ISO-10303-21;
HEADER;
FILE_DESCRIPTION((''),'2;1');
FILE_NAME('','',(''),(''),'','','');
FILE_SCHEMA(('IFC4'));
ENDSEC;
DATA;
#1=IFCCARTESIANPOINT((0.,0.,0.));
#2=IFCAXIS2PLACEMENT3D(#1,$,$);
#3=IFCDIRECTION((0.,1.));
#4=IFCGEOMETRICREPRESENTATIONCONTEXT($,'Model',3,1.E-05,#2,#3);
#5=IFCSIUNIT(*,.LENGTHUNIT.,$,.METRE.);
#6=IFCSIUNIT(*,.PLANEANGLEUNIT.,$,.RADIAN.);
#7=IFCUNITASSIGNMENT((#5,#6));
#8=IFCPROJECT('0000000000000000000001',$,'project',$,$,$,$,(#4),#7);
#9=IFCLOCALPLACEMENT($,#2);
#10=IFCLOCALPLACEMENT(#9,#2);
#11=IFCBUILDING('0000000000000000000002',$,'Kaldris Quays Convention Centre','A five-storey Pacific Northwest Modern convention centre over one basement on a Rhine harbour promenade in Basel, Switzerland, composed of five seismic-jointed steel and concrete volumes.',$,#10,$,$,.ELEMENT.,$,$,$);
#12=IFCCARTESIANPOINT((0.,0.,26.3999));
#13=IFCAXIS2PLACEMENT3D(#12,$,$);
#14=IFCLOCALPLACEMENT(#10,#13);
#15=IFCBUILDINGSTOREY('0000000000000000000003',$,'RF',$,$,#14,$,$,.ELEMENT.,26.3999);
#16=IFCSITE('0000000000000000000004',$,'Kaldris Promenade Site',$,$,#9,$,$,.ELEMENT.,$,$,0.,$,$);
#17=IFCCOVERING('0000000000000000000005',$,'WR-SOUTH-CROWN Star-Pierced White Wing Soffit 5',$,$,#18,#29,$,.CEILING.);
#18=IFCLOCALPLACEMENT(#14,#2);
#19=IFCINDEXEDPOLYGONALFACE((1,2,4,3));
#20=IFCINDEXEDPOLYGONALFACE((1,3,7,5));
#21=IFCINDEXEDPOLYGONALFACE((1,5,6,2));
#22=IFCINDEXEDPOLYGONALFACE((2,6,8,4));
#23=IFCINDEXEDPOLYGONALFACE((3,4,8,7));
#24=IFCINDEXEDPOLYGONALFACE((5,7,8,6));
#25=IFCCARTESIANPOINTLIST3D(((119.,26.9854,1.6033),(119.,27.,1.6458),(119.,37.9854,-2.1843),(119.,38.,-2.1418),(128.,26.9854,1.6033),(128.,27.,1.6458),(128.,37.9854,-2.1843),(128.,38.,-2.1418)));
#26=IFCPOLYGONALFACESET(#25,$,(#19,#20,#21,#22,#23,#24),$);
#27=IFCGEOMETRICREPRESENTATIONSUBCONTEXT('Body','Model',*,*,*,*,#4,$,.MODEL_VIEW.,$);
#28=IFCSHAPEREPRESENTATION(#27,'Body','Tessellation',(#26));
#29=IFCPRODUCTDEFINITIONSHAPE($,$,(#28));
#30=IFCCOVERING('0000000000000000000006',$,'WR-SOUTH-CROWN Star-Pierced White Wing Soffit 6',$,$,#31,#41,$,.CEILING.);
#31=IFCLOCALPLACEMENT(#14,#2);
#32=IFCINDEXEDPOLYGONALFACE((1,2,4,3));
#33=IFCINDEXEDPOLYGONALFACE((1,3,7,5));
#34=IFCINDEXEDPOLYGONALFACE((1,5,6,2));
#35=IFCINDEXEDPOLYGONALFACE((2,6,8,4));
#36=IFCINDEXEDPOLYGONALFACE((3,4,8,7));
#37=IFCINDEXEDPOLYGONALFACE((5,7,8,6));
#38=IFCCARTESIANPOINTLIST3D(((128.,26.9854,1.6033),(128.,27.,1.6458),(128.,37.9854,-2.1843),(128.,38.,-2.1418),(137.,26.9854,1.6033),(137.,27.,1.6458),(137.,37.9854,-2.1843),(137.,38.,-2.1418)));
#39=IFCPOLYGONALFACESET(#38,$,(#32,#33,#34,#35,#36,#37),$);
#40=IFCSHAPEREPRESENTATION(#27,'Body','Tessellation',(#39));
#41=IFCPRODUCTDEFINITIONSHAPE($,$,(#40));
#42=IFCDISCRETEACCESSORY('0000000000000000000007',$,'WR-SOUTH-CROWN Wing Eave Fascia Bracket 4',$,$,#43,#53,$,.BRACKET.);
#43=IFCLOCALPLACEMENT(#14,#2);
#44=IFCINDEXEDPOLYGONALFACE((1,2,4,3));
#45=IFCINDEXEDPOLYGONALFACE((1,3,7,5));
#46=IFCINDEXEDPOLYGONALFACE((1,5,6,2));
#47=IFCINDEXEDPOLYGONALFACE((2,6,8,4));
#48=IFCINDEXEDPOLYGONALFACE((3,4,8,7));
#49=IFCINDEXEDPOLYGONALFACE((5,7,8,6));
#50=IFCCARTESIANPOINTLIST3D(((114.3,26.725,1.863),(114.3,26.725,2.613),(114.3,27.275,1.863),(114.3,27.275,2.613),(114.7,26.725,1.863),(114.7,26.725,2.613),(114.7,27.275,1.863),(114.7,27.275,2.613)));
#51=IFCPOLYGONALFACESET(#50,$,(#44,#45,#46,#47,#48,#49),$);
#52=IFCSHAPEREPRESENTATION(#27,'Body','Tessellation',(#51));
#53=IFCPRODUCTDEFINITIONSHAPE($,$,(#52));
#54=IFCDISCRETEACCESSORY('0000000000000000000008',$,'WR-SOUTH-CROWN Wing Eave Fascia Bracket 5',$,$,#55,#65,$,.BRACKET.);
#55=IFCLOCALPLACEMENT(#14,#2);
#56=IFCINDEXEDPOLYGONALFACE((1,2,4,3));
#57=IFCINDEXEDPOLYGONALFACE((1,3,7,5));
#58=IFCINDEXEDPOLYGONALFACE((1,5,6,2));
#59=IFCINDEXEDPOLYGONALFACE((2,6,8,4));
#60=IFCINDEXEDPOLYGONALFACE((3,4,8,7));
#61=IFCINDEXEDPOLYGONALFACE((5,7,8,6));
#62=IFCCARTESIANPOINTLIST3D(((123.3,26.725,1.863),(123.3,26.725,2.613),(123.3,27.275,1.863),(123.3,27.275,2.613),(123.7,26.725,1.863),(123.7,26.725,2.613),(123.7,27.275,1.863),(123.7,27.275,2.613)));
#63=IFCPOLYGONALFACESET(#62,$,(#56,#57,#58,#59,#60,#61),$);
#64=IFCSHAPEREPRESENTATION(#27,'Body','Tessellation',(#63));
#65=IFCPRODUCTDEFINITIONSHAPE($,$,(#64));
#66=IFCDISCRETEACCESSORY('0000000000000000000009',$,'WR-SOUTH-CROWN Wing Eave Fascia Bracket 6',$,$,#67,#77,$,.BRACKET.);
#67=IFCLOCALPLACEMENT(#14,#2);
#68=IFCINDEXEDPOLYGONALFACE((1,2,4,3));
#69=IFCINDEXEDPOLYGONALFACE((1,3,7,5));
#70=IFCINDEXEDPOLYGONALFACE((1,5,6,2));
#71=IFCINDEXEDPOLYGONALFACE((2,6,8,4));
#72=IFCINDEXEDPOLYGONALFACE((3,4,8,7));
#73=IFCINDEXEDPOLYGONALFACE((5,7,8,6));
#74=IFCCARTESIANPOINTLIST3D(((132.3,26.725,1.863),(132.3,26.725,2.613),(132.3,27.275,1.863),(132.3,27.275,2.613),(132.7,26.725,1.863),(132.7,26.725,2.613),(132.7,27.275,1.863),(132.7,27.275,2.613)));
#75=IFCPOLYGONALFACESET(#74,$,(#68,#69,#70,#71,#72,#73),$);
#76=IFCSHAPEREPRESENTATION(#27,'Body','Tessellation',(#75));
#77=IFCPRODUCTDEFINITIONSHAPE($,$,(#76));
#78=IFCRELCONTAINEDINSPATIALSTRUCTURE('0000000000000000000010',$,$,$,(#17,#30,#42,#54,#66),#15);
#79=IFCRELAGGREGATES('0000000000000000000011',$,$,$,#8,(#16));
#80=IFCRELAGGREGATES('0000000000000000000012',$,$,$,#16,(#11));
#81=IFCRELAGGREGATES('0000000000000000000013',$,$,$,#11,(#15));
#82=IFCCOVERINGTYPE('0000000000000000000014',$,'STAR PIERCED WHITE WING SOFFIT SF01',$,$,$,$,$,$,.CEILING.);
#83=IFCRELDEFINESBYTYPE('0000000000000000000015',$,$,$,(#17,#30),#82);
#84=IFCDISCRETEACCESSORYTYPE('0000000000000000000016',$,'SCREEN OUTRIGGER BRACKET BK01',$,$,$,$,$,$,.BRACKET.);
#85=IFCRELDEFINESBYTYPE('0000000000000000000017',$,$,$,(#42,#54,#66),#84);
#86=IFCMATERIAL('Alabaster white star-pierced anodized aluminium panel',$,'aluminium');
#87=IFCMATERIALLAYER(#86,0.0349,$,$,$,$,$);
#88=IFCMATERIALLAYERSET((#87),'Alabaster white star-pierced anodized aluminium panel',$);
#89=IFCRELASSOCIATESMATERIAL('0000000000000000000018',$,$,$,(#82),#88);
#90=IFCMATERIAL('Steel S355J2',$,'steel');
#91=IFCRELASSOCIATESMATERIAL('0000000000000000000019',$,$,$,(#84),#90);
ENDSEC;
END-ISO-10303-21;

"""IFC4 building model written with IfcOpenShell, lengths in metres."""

from ifc_helpers import new_model, si_unit, direction, frame, origin, origin_2d, place, context, subcontext, project, spatial, polyline, rectangle, outline, extrude, material, layer, layer_set, type_object, element, save


model = new_model("IFC4")

# Units and contexts
model_context = context("Model", 3, precision=1e-05, world=origin(), true_north=direction((0.0, 1.0)))
body_context = subcontext(model_context, "Body", "Model", "MODEL_VIEW")
ifc_project = project(units=[si_unit("LENGTHUNIT", "METRE"), si_unit("PLANEANGLEUNIT", "RADIAN")], contexts=[model_context])

# Site, building, storey
site_placement = place(None, origin())
site = spatial("IfcSite", under=ifc_project, at=site_placement, Name="Kaldris Promenade Site", CompositionType="ELEMENT", RefElevation=0.0)
building_placement = place(site_placement, origin())
building = spatial("IfcBuilding", under=site, at=building_placement, Name="Kaldris Quays Convention Centre", Description="A five-storey Pacific Northwest Modern convention centre over one basement on a Rhine harbour promenade in Basel, Switzerland, composed of five seismic-jointed steel and concrete volumes.", CompositionType="ELEMENT")
storey_placement = place(building_placement, frame((0.0, 0.0, 26.3999)))
storey = spatial("IfcBuildingStorey", under=building, at=storey_placement, Name="RF", CompositionType="ELEMENT", Elevation=26.3999)

# Shared definitions
ifc_material_1 = material(Name="Steel S355J2", Category="steel")

# Shared definitions
ifc_material_2 = material(Name="Alabaster white star-pierced anodized aluminium panel", Category="aluminium")

# Coverings
ifc_layer_1 = layer(ifc_material_2, 0.0349)
ifc_layer_set_1 = layer_set([ifc_layer_1], Name="Alabaster white star-pierced anodized aluminium panel")
covering_type_1 = type_object("IfcCoveringType", Name="STAR PIERCED WHITE WING SOFFIT SF01", PredefinedType="CEILING", material=ifc_layer_set_1)
for number, where, z_axis, x_axis, name in (
    (1, (119.0, 27.0, 1.6458), (0.0, 0.325568, 0.945519), (1.0, 0.0, 0.0), "WR-SOUTH-CROWN Star-Pierced White Wing Soffit 5"),
    (2, (128.0, 27.0, 1.6458), (0.0, 0.325568, 0.945519), (1.0, 0.0, 0.0), "WR-SOUTH-CROWN Star-Pierced White Wing Soffit 6"),
):
    element("IfcCovering", number, at=place(storey_placement, frame(where, z_axis=z_axis, x_axis=x_axis)), inside=storey, type_object=covering_type_1, Name=name, PredefinedType="CEILING", context=body_context, shape_type="SweptSolid", body=[
        extrude(outline(polyline([(0.0, 0.0), (9.0, 0.0), (9.0, 11.6338), (0.0, 11.6338), (0.0, 0.0)])), origin(), (0.0, 0.0, -1.0), 0.0449),
    ])

# Discrete accessories
discrete_accessory_type = type_object("IfcDiscreteAccessoryType", Name="SCREEN OUTRIGGER BRACKET BK01", PredefinedType="BRACKET", material=ifc_material_1)
for number, where, z_axis, x_axis, name in (
    (3, (114.5, 27.0, 1.863), (0.0, 0.0, 1.0), (1.0, 0.0, 0.0), "WR-SOUTH-CROWN Wing Eave Fascia Bracket 4"),
    (4, (123.5, 27.0, 1.863), (0.0, 0.0, 1.0), (1.0, 0.0, 0.0), "WR-SOUTH-CROWN Wing Eave Fascia Bracket 5"),
    (5, (132.5, 27.0, 1.863), (0.0, 0.0, 1.0), (1.0, 0.0, 0.0), "WR-SOUTH-CROWN Wing Eave Fascia Bracket 6"),
):
    element("IfcDiscreteAccessory", number, at=place(storey_placement, frame(where, z_axis=z_axis, x_axis=x_axis)), inside=storey, type_object=discrete_accessory_type, Name=name, PredefinedType="BRACKET", context=body_context, shape_type="SweptSolid", body=[
        extrude(rectangle(XDim=0.3999, YDim=0.55, at=origin_2d()), origin(), (0.0, 0.0, 1.0), 0.75),
    ])

save(model, "model.ifc")
